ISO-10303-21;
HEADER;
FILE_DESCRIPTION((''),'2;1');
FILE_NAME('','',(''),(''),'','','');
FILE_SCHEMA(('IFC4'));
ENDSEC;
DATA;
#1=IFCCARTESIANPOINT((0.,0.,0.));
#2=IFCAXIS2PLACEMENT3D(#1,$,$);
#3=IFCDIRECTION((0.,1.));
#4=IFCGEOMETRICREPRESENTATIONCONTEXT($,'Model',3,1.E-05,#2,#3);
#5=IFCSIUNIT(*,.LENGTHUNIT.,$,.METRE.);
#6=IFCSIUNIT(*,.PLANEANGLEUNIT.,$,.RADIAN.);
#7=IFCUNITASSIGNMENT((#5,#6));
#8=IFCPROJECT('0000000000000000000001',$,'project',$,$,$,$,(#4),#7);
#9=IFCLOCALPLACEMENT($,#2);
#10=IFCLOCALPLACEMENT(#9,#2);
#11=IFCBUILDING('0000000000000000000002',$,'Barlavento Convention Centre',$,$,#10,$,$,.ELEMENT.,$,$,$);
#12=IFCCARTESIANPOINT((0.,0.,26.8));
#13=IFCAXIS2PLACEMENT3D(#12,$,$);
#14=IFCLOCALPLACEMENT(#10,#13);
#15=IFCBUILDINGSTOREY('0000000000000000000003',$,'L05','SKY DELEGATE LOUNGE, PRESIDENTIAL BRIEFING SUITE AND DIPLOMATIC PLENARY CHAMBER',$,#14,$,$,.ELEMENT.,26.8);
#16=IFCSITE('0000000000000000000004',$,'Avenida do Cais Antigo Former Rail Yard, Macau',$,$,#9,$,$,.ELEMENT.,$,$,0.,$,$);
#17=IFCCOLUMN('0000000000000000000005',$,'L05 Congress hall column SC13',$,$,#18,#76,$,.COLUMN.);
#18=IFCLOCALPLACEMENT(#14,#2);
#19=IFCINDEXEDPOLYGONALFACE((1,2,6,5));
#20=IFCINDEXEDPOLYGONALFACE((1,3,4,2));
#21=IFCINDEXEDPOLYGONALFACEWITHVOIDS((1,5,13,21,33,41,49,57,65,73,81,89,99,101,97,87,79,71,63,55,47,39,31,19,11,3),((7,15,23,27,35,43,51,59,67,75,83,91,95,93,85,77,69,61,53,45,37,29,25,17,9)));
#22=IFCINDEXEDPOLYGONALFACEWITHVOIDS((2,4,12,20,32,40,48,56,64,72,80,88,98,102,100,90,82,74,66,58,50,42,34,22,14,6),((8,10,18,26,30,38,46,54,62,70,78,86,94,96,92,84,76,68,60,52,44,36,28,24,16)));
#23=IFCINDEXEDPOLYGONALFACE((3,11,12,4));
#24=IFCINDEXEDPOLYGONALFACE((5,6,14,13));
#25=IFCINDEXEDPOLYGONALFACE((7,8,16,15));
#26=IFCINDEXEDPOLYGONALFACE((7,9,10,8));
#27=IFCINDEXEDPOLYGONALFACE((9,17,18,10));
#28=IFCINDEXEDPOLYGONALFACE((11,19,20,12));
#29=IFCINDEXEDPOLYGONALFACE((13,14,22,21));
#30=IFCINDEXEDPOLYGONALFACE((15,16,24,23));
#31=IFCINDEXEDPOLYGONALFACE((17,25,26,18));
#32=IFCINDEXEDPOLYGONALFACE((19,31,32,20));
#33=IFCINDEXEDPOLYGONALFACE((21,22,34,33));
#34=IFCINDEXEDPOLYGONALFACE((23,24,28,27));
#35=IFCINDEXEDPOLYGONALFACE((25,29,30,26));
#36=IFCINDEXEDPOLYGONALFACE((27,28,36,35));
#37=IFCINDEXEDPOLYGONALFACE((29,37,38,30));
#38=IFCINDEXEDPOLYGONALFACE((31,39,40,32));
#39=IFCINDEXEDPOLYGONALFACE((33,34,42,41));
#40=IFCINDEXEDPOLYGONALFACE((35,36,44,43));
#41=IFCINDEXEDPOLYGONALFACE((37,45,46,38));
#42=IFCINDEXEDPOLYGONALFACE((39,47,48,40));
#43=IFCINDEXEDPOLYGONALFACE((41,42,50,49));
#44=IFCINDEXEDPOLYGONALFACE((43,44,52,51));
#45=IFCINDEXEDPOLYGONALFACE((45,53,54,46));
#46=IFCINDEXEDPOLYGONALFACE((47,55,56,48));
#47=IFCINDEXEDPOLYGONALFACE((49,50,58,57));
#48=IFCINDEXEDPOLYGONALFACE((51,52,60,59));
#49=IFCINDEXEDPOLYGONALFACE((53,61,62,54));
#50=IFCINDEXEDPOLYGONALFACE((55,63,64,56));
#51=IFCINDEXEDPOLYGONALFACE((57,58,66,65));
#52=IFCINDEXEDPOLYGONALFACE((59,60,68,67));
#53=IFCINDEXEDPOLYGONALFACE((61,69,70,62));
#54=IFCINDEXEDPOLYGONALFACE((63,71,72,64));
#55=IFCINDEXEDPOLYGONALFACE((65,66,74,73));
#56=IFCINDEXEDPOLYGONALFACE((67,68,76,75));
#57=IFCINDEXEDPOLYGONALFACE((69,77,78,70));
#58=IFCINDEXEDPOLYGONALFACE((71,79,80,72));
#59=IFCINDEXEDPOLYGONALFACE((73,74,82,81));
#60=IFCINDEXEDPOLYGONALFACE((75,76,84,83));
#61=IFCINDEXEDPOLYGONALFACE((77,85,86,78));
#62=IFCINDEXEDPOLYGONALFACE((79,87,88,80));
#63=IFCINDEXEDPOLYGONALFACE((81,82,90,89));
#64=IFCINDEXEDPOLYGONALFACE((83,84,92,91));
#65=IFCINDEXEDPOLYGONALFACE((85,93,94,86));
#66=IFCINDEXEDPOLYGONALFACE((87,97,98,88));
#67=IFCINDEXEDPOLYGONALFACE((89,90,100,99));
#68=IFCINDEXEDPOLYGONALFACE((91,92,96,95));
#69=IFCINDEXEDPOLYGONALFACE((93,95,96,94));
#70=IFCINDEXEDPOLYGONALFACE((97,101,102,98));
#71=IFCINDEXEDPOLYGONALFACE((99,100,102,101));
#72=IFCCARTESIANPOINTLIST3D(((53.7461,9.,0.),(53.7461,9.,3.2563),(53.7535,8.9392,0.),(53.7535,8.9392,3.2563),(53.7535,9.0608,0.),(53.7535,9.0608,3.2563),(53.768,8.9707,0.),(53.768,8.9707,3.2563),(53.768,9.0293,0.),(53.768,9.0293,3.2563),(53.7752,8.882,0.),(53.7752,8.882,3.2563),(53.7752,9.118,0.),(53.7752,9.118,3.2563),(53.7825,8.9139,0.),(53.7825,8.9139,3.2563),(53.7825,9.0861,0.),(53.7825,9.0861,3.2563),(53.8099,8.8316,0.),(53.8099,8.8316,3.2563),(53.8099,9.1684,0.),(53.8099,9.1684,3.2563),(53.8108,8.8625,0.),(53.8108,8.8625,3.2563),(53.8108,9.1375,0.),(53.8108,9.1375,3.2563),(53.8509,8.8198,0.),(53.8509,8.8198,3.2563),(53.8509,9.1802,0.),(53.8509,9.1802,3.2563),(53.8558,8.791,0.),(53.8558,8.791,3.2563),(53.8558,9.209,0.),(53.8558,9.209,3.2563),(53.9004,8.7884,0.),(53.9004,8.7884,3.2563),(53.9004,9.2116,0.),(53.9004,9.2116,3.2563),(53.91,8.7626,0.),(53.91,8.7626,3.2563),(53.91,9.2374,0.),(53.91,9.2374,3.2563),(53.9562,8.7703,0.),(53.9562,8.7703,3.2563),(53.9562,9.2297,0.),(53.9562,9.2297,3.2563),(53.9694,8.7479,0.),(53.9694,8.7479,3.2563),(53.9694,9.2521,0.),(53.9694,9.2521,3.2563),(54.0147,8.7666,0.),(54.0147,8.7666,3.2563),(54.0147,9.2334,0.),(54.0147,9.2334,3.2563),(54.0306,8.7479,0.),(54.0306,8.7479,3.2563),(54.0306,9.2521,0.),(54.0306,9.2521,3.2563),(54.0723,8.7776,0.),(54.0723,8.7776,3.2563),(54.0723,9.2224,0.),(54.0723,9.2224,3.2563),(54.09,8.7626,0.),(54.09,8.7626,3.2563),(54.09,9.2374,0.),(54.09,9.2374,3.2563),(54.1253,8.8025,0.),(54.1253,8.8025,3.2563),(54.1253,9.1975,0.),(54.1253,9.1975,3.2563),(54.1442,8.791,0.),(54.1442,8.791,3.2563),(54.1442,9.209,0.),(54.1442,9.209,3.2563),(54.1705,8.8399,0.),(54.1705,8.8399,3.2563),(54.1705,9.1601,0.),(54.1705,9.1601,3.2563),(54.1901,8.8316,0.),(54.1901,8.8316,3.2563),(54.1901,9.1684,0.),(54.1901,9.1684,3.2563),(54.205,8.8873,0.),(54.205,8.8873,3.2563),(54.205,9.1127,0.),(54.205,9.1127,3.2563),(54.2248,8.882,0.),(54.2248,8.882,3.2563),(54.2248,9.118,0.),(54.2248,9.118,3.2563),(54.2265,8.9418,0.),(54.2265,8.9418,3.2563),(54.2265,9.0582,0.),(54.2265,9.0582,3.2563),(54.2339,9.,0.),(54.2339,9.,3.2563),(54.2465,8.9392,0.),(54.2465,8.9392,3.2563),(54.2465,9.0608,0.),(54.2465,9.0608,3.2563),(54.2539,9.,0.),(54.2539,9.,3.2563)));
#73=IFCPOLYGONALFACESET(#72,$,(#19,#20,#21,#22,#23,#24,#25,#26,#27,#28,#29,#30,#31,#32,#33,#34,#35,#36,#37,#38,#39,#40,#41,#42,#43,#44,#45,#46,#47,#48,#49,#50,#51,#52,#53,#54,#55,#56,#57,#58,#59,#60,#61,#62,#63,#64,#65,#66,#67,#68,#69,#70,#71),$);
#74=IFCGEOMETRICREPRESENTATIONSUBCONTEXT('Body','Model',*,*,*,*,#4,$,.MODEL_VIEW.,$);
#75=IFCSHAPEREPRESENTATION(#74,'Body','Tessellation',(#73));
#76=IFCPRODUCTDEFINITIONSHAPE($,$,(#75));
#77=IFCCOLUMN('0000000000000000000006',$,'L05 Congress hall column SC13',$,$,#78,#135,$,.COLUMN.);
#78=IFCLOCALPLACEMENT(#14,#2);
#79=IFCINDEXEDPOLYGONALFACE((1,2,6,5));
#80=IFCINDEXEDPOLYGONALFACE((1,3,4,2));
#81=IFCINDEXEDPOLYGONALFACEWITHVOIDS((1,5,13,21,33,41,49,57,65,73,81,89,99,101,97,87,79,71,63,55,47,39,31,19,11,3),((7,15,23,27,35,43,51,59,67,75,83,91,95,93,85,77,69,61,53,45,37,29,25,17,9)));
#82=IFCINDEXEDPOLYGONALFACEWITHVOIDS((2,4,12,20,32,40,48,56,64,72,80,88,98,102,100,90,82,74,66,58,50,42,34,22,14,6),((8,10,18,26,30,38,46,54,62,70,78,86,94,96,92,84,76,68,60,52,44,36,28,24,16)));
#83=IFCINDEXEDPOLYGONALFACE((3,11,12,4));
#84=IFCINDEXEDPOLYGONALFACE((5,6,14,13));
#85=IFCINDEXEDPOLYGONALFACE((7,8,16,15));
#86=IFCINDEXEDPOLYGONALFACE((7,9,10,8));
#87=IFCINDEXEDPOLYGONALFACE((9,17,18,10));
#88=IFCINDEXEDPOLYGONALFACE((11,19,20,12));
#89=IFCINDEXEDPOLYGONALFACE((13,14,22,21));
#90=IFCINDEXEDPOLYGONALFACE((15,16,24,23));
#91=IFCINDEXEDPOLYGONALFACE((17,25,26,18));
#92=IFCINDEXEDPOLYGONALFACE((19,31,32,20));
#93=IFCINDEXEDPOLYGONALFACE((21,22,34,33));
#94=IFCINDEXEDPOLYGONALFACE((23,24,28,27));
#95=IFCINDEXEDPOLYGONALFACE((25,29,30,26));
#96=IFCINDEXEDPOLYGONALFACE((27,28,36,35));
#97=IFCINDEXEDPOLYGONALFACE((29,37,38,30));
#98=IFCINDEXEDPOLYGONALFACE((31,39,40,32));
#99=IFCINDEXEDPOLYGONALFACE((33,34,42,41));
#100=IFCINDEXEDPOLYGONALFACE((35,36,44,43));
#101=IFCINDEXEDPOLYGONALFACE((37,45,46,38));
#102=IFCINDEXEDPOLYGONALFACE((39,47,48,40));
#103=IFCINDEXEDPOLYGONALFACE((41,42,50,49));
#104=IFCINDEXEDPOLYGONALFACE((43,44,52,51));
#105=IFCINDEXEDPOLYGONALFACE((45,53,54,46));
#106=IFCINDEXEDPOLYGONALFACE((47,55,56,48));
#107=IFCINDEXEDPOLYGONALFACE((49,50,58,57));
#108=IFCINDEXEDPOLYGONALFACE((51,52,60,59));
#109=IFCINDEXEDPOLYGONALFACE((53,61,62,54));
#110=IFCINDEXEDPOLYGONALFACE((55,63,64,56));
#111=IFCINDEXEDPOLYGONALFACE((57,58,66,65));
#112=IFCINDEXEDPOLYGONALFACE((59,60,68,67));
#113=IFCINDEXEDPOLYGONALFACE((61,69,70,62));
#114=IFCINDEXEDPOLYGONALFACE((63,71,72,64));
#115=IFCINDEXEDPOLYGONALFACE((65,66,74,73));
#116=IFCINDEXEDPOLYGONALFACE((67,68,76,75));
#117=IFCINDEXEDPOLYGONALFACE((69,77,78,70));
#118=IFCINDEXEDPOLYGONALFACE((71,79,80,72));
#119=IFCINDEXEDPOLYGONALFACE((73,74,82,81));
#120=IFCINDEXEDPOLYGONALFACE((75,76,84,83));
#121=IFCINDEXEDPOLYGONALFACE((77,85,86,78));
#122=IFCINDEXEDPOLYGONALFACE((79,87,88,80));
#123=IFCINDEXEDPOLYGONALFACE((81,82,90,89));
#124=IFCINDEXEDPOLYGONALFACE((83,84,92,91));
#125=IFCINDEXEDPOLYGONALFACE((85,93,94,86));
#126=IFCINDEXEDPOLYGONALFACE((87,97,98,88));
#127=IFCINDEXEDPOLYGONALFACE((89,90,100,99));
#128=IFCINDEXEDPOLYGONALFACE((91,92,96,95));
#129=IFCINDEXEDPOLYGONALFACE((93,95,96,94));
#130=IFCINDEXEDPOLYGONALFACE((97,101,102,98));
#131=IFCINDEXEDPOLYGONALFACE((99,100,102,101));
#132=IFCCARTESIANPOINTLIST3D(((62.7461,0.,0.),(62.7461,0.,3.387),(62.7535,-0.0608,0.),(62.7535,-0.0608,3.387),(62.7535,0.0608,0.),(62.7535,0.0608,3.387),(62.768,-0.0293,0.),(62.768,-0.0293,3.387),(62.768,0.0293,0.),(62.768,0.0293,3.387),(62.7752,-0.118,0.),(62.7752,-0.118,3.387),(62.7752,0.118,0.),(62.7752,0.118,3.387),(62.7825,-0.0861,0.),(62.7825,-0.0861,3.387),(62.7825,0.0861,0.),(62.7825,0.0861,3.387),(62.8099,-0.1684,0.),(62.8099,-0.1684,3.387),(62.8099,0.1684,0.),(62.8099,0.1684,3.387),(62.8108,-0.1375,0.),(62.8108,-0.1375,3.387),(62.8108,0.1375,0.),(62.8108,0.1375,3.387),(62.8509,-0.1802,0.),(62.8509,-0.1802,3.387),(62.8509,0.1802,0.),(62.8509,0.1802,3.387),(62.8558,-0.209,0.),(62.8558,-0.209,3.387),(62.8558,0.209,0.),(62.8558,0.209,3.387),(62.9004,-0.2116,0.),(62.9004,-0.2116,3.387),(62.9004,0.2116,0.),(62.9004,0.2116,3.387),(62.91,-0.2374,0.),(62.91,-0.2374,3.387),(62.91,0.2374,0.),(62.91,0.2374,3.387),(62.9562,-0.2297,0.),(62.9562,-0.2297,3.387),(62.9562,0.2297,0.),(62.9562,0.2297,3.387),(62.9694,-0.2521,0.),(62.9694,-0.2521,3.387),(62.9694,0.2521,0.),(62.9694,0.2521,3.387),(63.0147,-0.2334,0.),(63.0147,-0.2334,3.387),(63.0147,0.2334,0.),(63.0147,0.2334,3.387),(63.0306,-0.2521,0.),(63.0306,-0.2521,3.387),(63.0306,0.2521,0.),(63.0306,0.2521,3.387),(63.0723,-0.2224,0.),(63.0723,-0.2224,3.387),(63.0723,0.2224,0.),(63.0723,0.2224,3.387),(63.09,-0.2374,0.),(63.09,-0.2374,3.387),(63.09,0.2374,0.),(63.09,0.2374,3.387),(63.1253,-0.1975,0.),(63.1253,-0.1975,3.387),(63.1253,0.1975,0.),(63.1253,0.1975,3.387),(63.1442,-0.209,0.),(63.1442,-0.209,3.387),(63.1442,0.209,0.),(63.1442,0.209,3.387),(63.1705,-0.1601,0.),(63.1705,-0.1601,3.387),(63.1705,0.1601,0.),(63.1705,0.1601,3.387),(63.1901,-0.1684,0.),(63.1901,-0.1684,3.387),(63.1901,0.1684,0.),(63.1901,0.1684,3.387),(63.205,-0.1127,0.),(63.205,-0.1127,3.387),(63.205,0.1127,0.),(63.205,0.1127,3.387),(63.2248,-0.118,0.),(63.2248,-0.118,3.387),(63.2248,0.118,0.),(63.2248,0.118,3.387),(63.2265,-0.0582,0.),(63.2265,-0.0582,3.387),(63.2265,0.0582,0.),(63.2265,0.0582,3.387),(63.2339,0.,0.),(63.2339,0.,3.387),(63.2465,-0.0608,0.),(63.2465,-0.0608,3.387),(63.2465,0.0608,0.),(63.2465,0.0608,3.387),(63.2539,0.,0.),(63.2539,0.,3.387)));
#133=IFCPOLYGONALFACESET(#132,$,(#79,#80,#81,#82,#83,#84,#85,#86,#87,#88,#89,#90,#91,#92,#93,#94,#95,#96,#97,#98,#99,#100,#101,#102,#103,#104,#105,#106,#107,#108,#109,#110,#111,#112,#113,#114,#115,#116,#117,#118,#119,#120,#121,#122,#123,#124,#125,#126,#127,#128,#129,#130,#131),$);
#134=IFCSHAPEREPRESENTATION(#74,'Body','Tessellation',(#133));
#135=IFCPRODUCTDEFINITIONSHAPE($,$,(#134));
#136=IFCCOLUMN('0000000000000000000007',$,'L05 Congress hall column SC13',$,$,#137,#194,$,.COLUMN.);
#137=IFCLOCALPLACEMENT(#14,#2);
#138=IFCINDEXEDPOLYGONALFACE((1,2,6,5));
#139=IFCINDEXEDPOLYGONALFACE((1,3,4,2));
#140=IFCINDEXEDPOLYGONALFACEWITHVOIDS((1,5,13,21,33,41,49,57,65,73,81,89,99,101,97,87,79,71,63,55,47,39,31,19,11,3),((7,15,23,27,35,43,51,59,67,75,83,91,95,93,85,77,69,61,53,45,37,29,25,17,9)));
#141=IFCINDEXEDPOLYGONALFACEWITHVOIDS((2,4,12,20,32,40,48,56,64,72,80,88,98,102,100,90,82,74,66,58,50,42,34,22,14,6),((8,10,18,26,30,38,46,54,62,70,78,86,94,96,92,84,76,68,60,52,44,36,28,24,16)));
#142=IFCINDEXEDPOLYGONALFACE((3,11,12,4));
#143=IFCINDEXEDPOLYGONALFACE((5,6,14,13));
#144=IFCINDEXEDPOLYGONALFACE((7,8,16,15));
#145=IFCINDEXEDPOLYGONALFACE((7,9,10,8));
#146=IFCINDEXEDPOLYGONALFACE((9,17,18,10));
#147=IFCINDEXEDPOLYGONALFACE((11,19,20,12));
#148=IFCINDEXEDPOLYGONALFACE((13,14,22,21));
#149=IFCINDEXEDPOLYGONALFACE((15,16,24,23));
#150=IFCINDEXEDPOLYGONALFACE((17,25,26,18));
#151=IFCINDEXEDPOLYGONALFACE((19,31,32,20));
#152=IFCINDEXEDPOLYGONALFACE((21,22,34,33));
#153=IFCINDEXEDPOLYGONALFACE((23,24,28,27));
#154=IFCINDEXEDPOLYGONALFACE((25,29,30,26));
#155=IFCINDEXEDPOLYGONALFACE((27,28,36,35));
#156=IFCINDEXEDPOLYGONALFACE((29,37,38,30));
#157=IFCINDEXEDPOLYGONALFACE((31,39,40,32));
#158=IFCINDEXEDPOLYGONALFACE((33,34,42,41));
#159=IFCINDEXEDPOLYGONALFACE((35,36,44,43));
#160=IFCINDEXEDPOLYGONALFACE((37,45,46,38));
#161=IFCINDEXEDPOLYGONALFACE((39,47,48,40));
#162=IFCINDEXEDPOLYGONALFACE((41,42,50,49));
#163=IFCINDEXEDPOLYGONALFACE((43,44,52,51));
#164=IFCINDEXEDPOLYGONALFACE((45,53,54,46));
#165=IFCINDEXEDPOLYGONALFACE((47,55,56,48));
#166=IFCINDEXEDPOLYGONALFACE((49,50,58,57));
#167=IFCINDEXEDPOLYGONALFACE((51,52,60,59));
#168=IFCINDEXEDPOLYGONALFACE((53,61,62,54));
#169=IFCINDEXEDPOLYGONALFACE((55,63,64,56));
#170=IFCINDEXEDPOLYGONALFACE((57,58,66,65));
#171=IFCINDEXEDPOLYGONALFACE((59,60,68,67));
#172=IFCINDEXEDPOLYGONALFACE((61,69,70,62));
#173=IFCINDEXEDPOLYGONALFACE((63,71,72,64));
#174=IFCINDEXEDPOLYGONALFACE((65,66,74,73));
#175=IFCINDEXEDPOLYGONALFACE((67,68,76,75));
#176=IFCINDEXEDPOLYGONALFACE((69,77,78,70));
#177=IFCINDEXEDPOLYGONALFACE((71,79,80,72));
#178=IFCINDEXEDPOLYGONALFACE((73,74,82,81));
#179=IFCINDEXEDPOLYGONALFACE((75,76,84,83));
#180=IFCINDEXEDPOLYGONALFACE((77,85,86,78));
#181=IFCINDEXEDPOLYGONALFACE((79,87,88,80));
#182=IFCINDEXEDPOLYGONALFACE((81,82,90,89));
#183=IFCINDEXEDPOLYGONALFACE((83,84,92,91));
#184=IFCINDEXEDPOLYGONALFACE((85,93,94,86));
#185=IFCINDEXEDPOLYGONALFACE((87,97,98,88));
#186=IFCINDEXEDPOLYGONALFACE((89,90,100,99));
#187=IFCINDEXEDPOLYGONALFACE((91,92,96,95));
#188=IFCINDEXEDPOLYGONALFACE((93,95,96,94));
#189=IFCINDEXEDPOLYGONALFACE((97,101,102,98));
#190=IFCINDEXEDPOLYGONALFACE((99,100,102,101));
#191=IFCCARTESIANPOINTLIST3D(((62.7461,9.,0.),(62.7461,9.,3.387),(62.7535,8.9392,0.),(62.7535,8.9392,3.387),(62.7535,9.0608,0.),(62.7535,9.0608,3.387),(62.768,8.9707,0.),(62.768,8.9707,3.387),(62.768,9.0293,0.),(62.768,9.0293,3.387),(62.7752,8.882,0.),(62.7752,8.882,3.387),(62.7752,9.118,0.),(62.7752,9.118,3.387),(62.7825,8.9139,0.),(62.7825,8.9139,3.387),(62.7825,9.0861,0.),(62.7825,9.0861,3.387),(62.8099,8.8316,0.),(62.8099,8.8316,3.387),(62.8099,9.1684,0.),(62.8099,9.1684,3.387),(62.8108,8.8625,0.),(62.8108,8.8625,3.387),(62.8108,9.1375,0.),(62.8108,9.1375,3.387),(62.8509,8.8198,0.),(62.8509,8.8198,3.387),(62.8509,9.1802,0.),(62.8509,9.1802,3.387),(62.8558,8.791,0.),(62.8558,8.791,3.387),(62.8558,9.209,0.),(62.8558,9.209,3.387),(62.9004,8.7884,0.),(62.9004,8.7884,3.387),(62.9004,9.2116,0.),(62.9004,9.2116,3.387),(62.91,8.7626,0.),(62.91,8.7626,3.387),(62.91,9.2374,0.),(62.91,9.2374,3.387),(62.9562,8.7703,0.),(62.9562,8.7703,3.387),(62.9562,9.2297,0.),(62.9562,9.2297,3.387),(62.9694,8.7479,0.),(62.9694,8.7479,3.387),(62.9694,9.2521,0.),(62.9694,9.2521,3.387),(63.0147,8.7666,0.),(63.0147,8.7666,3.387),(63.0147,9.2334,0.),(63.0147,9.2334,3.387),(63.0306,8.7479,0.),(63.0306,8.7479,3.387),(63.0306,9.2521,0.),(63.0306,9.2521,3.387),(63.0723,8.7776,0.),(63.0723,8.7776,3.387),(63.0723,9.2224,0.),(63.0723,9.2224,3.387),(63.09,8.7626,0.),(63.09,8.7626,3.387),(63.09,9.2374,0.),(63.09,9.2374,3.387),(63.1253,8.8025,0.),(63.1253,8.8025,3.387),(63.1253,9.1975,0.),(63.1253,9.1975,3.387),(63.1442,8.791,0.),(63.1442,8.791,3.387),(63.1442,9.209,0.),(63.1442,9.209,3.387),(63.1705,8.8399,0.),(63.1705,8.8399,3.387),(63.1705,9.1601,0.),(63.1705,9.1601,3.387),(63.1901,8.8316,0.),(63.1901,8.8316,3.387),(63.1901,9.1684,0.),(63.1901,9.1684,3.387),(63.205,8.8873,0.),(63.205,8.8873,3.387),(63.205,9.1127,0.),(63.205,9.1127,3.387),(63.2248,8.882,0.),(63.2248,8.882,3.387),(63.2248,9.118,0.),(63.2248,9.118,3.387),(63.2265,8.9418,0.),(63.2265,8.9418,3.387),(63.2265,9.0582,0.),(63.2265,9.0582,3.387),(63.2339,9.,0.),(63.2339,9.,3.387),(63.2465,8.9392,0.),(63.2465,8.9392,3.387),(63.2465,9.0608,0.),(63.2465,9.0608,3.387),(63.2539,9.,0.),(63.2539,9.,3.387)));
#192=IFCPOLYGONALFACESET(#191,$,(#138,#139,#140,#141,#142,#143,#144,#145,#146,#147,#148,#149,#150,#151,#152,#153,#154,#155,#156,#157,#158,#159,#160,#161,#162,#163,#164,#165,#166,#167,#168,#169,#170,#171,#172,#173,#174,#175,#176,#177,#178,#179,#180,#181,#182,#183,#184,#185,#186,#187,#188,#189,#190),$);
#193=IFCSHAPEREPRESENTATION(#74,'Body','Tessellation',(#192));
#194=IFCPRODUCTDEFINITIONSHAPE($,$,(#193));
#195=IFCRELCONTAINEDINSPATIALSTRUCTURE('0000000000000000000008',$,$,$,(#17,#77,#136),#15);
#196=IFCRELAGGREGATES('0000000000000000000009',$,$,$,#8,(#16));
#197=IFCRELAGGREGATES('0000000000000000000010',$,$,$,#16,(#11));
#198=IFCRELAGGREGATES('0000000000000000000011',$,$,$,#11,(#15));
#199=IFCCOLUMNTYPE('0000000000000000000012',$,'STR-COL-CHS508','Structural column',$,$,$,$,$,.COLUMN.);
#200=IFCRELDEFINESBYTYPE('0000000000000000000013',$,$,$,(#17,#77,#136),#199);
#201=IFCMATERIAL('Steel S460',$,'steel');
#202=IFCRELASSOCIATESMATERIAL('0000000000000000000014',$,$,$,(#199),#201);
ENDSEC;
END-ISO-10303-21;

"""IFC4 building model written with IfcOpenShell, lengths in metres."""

from ifc_helpers import new_model, si_unit, direction, frame, origin, origin_2d, place, context, subcontext, project, spatial, hollow_circle, extrude, material, material_profile, profile_set, type_object, element, save


model = new_model("IFC4")

# Units and contexts
model_context = context("Model", 3, precision=1e-05, world=origin(), true_north=direction((0.0, 1.0)))
body_context = subcontext(model_context, "Body", "Model", "MODEL_VIEW")
ifc_project = project(units=[si_unit("LENGTHUNIT", "METRE"), si_unit("PLANEANGLEUNIT", "RADIAN")], contexts=[model_context])

# Site, building, storey
site_placement = place(None, origin())
site = spatial("IfcSite", under=ifc_project, at=site_placement, Name="Avenida do Cais Antigo Former Rail Yard, Macau", CompositionType="ELEMENT", RefElevation=0.0)
building_placement = place(site_placement, origin())
building = spatial("IfcBuilding", under=site, at=building_placement, Name="Barlavento Convention Centre", CompositionType="ELEMENT")
storey_placement = place(building_placement, frame((0.0, 0.0, 26.8)))
storey = spatial("IfcBuildingStorey", under=building, at=storey_placement, Name="L05", Description="SKY DELEGATE LOUNGE, PRESIDENTIAL BRIEFING SUITE AND DIPLOMATIC PLENARY CHAMBER", CompositionType="ELEMENT", Elevation=26.8)

# Columns
ifc_material_1 = material(Name="Steel S460", Category="steel")
ifc_material_profile_1 = material_profile(ifc_material_1, hollow_circle(Radius=0.2539, WallThickness=0.02, at=origin_2d()), Name="CHS 508.0x20.0")
ifc_profile_set_1 = profile_set([ifc_material_profile_1], Name="Steel S460")
column_type_1 = type_object("IfcColumnType", Name="STR-COL-CHS508", Description="Structural column", PredefinedType="COLUMN", material=ifc_profile_set_1)
for number, where, z_axis, x_axis, name in (
    (1, (54.0, 9.0, 0.0), (0.0, 0.0, 1.0), (1.0, 0.0, 0.0), "L05 Congress hall column SC13"),
):
    element("IfcColumn", number, at=place(storey_placement, frame(where, z_axis=z_axis, x_axis=x_axis)), inside=storey, type_object=column_type_1, Name=name, PredefinedType="COLUMN", context=body_context, shape_type="SweptSolid", body=[
        extrude(hollow_circle(Radius=0.2539, WallThickness=0.02, at=origin_2d()), origin(), (0.0, 0.0, 1.0), 3.2563),
    ])
for number, where, z_axis, x_axis, name in (
    (2, (63.0, 0.0, 0.0), (0.0, 0.0, 1.0), (1.0, 0.0, 0.0), "L05 Congress hall column SC13"),
    (3, (63.0, 9.0, 0.0), (0.0, 0.0, 1.0), (1.0, 0.0, 0.0), "L05 Congress hall column SC13"),
):
    element("IfcColumn", number, at=place(storey_placement, frame(where, z_axis=z_axis, x_axis=x_axis)), inside=storey, type_object=column_type_1, Name=name, PredefinedType="COLUMN", context=body_context, shape_type="SweptSolid", body=[
        extrude(hollow_circle(Radius=0.2539, WallThickness=0.02, at=origin_2d()), origin(), (0.0, 0.0, 1.0), 3.387),
    ])

save(model, "model.ifc")
